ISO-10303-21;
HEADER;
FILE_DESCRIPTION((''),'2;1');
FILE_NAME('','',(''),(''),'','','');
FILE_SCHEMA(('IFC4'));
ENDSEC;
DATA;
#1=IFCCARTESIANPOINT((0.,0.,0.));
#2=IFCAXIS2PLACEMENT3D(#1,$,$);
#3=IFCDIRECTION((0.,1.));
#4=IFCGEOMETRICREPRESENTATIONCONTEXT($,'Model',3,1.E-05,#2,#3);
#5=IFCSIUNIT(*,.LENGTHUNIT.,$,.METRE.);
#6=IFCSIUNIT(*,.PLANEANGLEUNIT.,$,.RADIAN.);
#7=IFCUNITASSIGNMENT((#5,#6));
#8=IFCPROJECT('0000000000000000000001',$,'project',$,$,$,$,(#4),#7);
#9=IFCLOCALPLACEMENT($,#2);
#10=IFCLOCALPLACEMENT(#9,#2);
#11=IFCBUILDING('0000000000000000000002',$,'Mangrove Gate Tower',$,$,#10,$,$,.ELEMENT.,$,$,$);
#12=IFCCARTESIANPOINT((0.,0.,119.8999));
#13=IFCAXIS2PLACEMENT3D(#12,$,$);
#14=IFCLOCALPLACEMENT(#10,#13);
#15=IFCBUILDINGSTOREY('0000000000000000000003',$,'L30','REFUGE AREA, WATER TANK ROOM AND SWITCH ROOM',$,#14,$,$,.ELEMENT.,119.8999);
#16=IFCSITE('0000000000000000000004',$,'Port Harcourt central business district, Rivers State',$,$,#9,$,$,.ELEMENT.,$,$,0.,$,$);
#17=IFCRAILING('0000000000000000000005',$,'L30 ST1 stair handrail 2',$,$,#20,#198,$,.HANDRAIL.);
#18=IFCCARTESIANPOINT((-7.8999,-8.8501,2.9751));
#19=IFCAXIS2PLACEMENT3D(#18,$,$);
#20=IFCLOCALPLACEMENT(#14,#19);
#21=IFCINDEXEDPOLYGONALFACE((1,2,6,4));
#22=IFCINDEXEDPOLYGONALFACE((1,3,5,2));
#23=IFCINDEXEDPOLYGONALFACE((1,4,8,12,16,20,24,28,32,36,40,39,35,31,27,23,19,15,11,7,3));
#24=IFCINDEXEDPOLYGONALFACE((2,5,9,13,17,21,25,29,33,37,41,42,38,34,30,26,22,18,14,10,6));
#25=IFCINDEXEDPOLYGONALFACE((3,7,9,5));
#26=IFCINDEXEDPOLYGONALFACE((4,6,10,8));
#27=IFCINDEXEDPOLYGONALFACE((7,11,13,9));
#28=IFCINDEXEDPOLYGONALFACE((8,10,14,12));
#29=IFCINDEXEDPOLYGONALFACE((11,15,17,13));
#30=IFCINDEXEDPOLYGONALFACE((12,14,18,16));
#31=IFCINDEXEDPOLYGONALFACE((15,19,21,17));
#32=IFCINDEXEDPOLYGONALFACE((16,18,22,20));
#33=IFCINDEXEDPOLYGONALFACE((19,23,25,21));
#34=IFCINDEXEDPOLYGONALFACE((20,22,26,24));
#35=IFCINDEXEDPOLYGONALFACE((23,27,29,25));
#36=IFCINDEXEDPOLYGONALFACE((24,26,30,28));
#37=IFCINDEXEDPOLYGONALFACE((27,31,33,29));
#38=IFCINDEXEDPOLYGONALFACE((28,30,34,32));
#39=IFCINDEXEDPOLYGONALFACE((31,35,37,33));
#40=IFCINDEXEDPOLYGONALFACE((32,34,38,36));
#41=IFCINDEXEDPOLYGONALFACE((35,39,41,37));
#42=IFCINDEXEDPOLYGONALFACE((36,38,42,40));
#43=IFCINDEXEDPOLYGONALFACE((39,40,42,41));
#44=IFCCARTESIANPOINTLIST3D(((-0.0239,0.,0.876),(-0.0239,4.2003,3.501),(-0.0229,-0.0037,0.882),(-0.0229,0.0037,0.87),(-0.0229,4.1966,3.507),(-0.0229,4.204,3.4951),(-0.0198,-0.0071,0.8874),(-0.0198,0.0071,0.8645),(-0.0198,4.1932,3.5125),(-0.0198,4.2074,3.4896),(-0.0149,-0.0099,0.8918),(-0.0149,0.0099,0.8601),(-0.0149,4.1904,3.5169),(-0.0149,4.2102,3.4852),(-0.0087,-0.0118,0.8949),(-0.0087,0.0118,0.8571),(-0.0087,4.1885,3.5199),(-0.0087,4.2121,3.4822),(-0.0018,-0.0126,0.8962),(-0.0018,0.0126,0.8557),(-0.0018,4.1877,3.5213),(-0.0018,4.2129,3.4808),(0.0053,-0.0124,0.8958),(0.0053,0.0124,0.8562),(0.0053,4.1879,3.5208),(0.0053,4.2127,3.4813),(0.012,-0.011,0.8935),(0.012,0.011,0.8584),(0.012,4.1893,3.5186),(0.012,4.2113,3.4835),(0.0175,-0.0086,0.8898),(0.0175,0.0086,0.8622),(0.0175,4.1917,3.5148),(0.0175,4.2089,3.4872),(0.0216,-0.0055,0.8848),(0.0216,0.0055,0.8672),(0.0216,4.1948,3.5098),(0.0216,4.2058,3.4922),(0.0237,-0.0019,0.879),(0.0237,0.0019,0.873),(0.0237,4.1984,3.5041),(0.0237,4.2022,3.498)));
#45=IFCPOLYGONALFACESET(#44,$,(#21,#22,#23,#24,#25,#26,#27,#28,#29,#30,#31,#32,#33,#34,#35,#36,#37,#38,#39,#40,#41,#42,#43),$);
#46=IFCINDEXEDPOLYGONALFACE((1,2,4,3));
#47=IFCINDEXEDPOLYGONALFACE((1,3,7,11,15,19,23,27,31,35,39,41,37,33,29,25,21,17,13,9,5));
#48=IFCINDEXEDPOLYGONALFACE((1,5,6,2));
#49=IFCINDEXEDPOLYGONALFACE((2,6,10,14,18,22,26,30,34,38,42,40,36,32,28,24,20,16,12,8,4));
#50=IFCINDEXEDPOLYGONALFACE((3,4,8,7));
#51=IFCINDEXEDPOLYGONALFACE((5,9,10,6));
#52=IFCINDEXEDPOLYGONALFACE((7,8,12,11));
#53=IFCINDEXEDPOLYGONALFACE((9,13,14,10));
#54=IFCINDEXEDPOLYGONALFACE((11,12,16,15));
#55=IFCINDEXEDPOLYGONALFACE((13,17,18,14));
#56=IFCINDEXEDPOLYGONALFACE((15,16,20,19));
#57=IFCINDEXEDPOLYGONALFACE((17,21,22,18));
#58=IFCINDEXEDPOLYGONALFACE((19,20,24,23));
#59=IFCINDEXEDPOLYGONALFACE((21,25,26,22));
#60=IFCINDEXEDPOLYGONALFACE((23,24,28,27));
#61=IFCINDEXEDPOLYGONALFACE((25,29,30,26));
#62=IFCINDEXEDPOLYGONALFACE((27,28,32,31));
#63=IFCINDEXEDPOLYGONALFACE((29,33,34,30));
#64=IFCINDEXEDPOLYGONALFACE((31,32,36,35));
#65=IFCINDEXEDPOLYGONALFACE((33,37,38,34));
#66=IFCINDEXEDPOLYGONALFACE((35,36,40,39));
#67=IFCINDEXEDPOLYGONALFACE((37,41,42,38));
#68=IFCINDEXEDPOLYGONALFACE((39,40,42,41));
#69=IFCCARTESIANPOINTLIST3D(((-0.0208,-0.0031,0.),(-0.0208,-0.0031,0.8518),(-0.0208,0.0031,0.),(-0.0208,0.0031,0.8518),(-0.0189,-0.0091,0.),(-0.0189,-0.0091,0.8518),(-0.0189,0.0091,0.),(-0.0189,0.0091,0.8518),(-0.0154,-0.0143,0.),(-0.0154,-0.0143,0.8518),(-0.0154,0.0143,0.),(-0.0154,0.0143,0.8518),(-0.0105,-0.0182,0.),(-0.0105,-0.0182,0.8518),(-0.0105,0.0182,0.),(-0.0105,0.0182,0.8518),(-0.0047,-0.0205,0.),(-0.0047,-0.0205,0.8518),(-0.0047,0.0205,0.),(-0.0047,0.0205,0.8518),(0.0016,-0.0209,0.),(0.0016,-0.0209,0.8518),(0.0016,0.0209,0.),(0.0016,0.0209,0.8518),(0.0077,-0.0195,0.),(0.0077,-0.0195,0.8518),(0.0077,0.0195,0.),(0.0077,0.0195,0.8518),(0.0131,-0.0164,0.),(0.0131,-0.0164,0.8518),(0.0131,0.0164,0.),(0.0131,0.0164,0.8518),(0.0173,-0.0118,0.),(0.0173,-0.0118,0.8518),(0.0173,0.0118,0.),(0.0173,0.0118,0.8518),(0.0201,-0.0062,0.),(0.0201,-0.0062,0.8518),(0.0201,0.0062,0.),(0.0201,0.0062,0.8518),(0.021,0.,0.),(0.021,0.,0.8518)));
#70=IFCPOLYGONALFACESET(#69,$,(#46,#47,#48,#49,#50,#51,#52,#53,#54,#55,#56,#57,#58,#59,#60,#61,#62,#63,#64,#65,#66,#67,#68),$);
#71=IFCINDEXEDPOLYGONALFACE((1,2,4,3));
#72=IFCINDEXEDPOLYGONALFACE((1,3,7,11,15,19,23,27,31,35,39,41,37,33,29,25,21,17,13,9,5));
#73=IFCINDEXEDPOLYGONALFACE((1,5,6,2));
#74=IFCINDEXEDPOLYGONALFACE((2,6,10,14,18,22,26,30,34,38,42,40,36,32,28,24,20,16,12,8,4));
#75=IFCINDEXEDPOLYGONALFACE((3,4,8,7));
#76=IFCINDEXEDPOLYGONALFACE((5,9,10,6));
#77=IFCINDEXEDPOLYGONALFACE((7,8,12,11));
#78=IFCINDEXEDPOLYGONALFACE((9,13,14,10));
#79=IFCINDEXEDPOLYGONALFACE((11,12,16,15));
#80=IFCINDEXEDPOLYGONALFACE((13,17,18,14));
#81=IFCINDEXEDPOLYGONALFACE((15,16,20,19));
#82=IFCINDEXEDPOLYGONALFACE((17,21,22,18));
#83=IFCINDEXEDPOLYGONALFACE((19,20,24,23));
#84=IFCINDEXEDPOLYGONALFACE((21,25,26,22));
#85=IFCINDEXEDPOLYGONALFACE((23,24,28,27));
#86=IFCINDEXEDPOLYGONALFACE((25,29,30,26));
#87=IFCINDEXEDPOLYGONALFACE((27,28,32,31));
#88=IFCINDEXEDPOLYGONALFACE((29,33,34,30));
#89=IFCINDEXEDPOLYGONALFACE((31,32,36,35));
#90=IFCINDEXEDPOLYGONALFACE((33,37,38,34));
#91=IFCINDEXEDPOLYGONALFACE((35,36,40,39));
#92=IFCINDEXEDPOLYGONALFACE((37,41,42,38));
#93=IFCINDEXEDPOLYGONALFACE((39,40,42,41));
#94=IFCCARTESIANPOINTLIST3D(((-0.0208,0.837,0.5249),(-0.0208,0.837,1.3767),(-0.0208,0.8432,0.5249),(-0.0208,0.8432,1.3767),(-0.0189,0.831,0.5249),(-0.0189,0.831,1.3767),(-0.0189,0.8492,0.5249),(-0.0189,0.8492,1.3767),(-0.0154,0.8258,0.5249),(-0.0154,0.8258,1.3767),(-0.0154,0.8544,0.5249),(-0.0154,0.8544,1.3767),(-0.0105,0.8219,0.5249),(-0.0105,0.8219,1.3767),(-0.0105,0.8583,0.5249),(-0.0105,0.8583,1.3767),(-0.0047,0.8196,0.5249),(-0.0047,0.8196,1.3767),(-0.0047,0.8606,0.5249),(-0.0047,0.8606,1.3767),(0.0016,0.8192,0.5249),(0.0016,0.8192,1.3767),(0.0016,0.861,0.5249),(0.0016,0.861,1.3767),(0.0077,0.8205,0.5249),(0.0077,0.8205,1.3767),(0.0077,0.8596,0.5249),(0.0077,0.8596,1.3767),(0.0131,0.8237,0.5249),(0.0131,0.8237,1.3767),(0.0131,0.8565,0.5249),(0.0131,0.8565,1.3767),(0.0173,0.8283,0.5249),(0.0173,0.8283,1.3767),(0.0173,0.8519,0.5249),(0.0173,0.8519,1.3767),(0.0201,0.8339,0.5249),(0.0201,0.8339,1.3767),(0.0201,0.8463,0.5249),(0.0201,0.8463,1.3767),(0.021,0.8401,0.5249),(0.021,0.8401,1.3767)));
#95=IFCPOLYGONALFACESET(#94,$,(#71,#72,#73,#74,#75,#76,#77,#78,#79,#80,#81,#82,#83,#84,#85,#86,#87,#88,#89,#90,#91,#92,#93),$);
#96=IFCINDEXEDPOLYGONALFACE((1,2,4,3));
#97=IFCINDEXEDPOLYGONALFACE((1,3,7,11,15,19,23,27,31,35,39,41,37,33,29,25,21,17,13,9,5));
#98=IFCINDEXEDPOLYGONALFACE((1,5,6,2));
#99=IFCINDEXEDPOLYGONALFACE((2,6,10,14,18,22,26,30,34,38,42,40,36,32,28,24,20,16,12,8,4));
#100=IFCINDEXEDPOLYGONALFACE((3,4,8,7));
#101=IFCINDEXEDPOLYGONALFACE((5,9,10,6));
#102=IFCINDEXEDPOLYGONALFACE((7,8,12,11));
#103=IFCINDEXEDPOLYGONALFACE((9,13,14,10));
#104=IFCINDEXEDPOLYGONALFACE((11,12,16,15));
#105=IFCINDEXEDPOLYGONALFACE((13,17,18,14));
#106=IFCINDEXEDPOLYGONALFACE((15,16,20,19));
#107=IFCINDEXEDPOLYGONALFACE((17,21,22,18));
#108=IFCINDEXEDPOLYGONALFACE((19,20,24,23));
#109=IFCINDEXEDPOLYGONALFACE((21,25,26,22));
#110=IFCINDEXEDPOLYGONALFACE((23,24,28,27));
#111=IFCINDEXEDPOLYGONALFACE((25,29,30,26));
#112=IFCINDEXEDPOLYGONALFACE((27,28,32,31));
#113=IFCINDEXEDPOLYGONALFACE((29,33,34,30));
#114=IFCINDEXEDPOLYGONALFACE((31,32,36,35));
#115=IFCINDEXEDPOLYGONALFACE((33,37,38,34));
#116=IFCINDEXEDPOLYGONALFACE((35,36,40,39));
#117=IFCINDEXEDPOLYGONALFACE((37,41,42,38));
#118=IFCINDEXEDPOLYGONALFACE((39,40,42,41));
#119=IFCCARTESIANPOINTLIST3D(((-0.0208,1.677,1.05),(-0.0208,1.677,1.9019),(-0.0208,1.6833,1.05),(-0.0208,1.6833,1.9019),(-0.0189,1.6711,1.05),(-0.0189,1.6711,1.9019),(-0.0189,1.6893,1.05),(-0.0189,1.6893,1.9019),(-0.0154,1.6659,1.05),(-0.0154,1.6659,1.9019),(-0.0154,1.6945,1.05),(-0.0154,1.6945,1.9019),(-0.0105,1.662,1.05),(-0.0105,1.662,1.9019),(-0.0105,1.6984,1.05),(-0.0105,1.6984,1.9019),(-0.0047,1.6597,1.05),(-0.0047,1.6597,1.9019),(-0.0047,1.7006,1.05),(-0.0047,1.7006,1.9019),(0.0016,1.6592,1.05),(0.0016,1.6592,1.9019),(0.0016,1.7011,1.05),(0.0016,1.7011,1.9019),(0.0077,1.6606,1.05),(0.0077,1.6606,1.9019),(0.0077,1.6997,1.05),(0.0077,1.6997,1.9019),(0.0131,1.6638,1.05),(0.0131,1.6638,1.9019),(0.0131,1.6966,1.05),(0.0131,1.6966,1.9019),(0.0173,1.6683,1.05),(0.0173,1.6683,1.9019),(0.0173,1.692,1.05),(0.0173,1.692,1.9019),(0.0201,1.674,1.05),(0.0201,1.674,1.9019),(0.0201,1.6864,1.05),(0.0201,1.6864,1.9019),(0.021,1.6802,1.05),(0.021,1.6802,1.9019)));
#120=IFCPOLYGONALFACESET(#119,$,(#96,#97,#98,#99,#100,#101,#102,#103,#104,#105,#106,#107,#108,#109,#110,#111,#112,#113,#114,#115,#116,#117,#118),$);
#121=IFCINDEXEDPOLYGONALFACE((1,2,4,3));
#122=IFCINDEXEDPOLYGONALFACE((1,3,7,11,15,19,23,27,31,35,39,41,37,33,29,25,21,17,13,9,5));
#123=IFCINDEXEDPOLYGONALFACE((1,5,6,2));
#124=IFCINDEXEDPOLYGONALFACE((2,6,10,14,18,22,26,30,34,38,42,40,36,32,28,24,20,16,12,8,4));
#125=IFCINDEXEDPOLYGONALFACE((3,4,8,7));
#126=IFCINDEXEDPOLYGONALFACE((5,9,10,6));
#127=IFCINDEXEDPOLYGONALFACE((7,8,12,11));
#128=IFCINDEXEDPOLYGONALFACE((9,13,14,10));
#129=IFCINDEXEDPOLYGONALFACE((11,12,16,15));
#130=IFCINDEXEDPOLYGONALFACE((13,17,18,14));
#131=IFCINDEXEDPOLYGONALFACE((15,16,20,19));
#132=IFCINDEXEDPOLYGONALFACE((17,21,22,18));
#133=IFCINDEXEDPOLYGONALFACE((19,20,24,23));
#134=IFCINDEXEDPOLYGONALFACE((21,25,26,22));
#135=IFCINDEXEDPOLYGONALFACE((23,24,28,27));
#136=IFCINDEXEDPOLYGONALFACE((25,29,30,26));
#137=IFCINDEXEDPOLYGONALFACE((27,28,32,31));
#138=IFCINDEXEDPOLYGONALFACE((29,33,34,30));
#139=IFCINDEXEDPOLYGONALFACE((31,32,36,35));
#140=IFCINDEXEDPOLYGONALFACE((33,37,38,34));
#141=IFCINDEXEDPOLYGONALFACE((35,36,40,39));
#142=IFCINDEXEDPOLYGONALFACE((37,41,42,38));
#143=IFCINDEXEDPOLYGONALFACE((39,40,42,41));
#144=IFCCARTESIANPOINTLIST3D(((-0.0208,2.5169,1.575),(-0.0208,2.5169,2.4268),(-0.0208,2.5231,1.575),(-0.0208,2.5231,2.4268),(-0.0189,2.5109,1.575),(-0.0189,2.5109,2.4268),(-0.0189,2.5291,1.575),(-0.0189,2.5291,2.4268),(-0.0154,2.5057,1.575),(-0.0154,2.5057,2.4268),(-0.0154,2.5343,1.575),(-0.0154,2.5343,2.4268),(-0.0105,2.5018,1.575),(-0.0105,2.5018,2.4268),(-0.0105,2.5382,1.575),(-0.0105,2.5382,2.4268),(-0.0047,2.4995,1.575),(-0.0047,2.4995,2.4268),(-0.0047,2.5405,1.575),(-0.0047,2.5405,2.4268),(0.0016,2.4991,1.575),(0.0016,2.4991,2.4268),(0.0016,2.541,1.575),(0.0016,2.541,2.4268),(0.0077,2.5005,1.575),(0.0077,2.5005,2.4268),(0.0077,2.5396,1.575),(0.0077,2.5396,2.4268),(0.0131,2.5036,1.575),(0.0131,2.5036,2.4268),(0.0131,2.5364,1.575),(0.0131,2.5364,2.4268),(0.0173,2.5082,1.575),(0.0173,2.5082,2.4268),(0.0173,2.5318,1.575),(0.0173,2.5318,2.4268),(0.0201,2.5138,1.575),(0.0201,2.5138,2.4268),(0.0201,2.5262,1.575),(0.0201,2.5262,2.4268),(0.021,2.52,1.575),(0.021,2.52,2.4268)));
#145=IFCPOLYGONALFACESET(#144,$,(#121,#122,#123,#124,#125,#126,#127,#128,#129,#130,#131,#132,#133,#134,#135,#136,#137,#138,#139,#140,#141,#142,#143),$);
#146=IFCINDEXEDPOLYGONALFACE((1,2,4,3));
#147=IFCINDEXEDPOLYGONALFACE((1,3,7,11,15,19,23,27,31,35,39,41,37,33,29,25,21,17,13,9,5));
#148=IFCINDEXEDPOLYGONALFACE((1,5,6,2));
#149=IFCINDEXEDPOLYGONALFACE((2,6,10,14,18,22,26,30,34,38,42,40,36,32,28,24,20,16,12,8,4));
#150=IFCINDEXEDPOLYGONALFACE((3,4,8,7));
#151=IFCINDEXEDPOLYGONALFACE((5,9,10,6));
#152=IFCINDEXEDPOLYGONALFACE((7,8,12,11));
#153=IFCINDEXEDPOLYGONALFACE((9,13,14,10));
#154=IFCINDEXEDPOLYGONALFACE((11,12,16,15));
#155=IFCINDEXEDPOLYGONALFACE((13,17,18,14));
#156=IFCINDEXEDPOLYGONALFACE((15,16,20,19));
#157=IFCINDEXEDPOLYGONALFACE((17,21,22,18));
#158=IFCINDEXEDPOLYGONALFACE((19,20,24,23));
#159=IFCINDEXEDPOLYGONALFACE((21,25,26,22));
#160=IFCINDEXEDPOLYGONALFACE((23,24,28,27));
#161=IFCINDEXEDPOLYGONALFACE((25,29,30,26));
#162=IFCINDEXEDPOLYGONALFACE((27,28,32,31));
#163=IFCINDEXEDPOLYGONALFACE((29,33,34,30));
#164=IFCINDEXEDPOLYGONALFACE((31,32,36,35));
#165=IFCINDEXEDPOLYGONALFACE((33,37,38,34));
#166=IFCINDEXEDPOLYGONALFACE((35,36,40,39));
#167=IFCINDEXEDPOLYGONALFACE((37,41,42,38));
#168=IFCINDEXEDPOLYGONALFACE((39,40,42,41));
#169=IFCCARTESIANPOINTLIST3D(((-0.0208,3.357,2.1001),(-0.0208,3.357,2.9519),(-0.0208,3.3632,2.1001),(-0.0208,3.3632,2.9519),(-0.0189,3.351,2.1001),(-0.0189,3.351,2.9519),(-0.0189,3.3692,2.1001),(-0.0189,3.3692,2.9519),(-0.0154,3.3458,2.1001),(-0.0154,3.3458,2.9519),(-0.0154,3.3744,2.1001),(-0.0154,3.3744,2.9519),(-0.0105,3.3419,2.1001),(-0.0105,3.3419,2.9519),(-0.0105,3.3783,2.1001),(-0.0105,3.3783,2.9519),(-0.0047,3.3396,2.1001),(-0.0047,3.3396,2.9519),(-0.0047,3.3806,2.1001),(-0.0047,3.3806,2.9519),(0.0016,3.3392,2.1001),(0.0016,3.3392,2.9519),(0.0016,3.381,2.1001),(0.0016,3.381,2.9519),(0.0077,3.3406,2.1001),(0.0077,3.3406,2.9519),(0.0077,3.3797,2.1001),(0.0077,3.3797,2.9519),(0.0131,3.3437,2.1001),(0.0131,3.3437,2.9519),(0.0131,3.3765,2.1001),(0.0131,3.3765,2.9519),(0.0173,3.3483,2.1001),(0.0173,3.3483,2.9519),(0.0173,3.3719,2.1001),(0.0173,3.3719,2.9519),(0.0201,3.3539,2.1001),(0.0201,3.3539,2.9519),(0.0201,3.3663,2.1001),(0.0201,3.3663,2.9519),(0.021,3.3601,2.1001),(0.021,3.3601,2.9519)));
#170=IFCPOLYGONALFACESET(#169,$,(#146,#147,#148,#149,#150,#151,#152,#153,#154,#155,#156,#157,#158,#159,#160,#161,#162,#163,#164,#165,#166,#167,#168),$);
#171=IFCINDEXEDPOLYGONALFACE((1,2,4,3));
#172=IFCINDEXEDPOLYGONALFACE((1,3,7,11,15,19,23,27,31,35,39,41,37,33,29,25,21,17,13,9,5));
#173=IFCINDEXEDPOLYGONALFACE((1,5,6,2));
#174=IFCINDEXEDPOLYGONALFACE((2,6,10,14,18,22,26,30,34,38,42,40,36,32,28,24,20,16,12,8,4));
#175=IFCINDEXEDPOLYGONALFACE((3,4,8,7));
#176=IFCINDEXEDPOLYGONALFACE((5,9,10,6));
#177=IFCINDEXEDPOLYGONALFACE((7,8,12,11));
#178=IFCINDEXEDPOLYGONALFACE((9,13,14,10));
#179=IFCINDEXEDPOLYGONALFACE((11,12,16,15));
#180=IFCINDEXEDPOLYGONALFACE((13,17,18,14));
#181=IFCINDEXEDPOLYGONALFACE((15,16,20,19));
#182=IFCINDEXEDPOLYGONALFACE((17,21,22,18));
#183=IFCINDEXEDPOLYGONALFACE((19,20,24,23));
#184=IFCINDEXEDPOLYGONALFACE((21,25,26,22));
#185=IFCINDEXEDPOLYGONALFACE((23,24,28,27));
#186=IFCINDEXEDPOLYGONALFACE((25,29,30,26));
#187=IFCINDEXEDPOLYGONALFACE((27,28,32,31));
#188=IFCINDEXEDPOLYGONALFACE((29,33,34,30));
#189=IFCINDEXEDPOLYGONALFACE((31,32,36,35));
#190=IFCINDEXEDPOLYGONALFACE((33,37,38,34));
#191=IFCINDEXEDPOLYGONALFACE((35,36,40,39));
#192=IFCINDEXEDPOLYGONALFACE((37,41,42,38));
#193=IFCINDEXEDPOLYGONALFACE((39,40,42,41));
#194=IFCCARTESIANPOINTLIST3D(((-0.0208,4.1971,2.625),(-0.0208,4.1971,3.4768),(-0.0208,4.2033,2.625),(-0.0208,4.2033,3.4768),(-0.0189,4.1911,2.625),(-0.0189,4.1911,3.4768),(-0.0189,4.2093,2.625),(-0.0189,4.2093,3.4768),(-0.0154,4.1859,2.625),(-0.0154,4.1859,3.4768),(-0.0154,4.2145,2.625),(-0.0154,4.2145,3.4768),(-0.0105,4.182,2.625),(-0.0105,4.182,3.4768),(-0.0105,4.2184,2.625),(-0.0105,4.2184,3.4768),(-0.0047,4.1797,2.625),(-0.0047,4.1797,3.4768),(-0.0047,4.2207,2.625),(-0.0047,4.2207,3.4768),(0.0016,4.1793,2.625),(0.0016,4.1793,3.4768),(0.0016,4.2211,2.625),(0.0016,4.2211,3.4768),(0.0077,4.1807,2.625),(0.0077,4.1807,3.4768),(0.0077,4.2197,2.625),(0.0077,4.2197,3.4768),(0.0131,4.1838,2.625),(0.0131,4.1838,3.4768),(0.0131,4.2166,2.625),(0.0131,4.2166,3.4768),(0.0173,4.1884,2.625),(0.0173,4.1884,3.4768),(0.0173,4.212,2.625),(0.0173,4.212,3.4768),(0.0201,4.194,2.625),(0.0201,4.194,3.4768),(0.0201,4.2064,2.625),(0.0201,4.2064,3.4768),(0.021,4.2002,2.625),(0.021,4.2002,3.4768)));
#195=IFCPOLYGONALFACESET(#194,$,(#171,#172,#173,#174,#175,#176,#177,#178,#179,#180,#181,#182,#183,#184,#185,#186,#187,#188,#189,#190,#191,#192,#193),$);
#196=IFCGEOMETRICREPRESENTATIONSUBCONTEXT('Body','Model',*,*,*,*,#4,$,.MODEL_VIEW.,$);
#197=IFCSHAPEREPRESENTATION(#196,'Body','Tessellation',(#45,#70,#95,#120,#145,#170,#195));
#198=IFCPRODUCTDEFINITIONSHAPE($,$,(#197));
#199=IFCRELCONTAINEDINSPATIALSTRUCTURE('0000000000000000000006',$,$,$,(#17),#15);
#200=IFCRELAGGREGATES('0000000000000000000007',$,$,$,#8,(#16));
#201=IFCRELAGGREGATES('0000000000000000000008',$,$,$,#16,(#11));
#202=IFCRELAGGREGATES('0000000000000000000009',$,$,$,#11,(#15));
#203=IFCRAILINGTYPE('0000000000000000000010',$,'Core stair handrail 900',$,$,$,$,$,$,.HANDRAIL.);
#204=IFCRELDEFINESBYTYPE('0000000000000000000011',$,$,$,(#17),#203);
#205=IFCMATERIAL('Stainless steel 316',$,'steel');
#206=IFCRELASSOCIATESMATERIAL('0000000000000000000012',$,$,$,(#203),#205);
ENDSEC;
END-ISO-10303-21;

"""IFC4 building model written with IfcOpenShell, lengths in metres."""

from ifc_helpers import new_model, si_unit, direction, frame, origin, origin_2d, place, context, subcontext, project, spatial, circle, extrude, material, type_object, element, save


model = new_model("IFC4")

# Units and contexts
model_context = context("Model", 3, precision=1e-05, world=origin(), true_north=direction((0.0, 1.0)))
body_context = subcontext(model_context, "Body", "Model", "MODEL_VIEW")
ifc_project = project(units=[si_unit("LENGTHUNIT", "METRE"), si_unit("PLANEANGLEUNIT", "RADIAN")], contexts=[model_context])

# Site, building, storey
site_placement = place(None, origin())
site = spatial("IfcSite", under=ifc_project, at=site_placement, Name="Port Harcourt central business district, Rivers State", CompositionType="ELEMENT", RefElevation=0.0)
building_placement = place(site_placement, origin())
building = spatial("IfcBuilding", under=site, at=building_placement, Name="Mangrove Gate Tower", CompositionType="ELEMENT")
storey_placement = place(building_placement, frame((0.0, 0.0, 119.8999)))
storey = spatial("IfcBuildingStorey", under=building, at=storey_placement, Name="L30", Description="REFUGE AREA, WATER TANK ROOM AND SWITCH ROOM", CompositionType="ELEMENT", Elevation=119.8999)

# Railing
ifc_material_1 = material(Name="Stainless steel 316", Category="steel")
railing_type_1 = type_object("IfcRailingType", Name="Core stair handrail 900", PredefinedType="HANDRAIL", material=ifc_material_1)
railing_1_placement = place(storey_placement, frame((-7.8999, -8.8501, 2.9751)))
element("IfcRailing", 1, at=railing_1_placement, inside=storey, type_object=railing_type_1, Name="L30 ST1 stair handrail 2", PredefinedType="HANDRAIL", context=body_context, shape_type="SweptSolid", body=[
    extrude(circle(Radius=0.0239, at=origin_2d()), frame((0.0, 0.0, 0.876), z_axis=(0.0, 0.848009, 0.529981), x_axis=(-1.0, 0.0, 0.0)), (0.0, 0.0, 1.0), 4.9531),
    extrude(circle(Radius=0.021, at=origin_2d()), origin(), (0.0, 0.0, 1.0), 0.8518),
    extrude(circle(Radius=0.021, at=origin_2d()), frame((0.0, 0.8401, 0.5249)), (0.0, 0.0, 1.0), 0.8518),
    extrude(circle(Radius=0.021, at=origin_2d()), frame((0.0, 1.6802, 1.05)), (0.0, 0.0, 1.0), 0.8518),
    extrude(circle(Radius=0.021, at=origin_2d()), frame((0.0, 2.52, 1.575)), (0.0, 0.0, 1.0), 0.8518),
    extrude(circle(Radius=0.021, at=origin_2d()), frame((0.0, 3.3601, 2.1001)), (0.0, 0.0, 1.0), 0.8518),
    extrude(circle(Radius=0.021, at=origin_2d()), frame((0.0, 4.2002, 2.625)), (0.0, 0.0, 1.0), 0.8518),
])

save(model, "model.ifc")
